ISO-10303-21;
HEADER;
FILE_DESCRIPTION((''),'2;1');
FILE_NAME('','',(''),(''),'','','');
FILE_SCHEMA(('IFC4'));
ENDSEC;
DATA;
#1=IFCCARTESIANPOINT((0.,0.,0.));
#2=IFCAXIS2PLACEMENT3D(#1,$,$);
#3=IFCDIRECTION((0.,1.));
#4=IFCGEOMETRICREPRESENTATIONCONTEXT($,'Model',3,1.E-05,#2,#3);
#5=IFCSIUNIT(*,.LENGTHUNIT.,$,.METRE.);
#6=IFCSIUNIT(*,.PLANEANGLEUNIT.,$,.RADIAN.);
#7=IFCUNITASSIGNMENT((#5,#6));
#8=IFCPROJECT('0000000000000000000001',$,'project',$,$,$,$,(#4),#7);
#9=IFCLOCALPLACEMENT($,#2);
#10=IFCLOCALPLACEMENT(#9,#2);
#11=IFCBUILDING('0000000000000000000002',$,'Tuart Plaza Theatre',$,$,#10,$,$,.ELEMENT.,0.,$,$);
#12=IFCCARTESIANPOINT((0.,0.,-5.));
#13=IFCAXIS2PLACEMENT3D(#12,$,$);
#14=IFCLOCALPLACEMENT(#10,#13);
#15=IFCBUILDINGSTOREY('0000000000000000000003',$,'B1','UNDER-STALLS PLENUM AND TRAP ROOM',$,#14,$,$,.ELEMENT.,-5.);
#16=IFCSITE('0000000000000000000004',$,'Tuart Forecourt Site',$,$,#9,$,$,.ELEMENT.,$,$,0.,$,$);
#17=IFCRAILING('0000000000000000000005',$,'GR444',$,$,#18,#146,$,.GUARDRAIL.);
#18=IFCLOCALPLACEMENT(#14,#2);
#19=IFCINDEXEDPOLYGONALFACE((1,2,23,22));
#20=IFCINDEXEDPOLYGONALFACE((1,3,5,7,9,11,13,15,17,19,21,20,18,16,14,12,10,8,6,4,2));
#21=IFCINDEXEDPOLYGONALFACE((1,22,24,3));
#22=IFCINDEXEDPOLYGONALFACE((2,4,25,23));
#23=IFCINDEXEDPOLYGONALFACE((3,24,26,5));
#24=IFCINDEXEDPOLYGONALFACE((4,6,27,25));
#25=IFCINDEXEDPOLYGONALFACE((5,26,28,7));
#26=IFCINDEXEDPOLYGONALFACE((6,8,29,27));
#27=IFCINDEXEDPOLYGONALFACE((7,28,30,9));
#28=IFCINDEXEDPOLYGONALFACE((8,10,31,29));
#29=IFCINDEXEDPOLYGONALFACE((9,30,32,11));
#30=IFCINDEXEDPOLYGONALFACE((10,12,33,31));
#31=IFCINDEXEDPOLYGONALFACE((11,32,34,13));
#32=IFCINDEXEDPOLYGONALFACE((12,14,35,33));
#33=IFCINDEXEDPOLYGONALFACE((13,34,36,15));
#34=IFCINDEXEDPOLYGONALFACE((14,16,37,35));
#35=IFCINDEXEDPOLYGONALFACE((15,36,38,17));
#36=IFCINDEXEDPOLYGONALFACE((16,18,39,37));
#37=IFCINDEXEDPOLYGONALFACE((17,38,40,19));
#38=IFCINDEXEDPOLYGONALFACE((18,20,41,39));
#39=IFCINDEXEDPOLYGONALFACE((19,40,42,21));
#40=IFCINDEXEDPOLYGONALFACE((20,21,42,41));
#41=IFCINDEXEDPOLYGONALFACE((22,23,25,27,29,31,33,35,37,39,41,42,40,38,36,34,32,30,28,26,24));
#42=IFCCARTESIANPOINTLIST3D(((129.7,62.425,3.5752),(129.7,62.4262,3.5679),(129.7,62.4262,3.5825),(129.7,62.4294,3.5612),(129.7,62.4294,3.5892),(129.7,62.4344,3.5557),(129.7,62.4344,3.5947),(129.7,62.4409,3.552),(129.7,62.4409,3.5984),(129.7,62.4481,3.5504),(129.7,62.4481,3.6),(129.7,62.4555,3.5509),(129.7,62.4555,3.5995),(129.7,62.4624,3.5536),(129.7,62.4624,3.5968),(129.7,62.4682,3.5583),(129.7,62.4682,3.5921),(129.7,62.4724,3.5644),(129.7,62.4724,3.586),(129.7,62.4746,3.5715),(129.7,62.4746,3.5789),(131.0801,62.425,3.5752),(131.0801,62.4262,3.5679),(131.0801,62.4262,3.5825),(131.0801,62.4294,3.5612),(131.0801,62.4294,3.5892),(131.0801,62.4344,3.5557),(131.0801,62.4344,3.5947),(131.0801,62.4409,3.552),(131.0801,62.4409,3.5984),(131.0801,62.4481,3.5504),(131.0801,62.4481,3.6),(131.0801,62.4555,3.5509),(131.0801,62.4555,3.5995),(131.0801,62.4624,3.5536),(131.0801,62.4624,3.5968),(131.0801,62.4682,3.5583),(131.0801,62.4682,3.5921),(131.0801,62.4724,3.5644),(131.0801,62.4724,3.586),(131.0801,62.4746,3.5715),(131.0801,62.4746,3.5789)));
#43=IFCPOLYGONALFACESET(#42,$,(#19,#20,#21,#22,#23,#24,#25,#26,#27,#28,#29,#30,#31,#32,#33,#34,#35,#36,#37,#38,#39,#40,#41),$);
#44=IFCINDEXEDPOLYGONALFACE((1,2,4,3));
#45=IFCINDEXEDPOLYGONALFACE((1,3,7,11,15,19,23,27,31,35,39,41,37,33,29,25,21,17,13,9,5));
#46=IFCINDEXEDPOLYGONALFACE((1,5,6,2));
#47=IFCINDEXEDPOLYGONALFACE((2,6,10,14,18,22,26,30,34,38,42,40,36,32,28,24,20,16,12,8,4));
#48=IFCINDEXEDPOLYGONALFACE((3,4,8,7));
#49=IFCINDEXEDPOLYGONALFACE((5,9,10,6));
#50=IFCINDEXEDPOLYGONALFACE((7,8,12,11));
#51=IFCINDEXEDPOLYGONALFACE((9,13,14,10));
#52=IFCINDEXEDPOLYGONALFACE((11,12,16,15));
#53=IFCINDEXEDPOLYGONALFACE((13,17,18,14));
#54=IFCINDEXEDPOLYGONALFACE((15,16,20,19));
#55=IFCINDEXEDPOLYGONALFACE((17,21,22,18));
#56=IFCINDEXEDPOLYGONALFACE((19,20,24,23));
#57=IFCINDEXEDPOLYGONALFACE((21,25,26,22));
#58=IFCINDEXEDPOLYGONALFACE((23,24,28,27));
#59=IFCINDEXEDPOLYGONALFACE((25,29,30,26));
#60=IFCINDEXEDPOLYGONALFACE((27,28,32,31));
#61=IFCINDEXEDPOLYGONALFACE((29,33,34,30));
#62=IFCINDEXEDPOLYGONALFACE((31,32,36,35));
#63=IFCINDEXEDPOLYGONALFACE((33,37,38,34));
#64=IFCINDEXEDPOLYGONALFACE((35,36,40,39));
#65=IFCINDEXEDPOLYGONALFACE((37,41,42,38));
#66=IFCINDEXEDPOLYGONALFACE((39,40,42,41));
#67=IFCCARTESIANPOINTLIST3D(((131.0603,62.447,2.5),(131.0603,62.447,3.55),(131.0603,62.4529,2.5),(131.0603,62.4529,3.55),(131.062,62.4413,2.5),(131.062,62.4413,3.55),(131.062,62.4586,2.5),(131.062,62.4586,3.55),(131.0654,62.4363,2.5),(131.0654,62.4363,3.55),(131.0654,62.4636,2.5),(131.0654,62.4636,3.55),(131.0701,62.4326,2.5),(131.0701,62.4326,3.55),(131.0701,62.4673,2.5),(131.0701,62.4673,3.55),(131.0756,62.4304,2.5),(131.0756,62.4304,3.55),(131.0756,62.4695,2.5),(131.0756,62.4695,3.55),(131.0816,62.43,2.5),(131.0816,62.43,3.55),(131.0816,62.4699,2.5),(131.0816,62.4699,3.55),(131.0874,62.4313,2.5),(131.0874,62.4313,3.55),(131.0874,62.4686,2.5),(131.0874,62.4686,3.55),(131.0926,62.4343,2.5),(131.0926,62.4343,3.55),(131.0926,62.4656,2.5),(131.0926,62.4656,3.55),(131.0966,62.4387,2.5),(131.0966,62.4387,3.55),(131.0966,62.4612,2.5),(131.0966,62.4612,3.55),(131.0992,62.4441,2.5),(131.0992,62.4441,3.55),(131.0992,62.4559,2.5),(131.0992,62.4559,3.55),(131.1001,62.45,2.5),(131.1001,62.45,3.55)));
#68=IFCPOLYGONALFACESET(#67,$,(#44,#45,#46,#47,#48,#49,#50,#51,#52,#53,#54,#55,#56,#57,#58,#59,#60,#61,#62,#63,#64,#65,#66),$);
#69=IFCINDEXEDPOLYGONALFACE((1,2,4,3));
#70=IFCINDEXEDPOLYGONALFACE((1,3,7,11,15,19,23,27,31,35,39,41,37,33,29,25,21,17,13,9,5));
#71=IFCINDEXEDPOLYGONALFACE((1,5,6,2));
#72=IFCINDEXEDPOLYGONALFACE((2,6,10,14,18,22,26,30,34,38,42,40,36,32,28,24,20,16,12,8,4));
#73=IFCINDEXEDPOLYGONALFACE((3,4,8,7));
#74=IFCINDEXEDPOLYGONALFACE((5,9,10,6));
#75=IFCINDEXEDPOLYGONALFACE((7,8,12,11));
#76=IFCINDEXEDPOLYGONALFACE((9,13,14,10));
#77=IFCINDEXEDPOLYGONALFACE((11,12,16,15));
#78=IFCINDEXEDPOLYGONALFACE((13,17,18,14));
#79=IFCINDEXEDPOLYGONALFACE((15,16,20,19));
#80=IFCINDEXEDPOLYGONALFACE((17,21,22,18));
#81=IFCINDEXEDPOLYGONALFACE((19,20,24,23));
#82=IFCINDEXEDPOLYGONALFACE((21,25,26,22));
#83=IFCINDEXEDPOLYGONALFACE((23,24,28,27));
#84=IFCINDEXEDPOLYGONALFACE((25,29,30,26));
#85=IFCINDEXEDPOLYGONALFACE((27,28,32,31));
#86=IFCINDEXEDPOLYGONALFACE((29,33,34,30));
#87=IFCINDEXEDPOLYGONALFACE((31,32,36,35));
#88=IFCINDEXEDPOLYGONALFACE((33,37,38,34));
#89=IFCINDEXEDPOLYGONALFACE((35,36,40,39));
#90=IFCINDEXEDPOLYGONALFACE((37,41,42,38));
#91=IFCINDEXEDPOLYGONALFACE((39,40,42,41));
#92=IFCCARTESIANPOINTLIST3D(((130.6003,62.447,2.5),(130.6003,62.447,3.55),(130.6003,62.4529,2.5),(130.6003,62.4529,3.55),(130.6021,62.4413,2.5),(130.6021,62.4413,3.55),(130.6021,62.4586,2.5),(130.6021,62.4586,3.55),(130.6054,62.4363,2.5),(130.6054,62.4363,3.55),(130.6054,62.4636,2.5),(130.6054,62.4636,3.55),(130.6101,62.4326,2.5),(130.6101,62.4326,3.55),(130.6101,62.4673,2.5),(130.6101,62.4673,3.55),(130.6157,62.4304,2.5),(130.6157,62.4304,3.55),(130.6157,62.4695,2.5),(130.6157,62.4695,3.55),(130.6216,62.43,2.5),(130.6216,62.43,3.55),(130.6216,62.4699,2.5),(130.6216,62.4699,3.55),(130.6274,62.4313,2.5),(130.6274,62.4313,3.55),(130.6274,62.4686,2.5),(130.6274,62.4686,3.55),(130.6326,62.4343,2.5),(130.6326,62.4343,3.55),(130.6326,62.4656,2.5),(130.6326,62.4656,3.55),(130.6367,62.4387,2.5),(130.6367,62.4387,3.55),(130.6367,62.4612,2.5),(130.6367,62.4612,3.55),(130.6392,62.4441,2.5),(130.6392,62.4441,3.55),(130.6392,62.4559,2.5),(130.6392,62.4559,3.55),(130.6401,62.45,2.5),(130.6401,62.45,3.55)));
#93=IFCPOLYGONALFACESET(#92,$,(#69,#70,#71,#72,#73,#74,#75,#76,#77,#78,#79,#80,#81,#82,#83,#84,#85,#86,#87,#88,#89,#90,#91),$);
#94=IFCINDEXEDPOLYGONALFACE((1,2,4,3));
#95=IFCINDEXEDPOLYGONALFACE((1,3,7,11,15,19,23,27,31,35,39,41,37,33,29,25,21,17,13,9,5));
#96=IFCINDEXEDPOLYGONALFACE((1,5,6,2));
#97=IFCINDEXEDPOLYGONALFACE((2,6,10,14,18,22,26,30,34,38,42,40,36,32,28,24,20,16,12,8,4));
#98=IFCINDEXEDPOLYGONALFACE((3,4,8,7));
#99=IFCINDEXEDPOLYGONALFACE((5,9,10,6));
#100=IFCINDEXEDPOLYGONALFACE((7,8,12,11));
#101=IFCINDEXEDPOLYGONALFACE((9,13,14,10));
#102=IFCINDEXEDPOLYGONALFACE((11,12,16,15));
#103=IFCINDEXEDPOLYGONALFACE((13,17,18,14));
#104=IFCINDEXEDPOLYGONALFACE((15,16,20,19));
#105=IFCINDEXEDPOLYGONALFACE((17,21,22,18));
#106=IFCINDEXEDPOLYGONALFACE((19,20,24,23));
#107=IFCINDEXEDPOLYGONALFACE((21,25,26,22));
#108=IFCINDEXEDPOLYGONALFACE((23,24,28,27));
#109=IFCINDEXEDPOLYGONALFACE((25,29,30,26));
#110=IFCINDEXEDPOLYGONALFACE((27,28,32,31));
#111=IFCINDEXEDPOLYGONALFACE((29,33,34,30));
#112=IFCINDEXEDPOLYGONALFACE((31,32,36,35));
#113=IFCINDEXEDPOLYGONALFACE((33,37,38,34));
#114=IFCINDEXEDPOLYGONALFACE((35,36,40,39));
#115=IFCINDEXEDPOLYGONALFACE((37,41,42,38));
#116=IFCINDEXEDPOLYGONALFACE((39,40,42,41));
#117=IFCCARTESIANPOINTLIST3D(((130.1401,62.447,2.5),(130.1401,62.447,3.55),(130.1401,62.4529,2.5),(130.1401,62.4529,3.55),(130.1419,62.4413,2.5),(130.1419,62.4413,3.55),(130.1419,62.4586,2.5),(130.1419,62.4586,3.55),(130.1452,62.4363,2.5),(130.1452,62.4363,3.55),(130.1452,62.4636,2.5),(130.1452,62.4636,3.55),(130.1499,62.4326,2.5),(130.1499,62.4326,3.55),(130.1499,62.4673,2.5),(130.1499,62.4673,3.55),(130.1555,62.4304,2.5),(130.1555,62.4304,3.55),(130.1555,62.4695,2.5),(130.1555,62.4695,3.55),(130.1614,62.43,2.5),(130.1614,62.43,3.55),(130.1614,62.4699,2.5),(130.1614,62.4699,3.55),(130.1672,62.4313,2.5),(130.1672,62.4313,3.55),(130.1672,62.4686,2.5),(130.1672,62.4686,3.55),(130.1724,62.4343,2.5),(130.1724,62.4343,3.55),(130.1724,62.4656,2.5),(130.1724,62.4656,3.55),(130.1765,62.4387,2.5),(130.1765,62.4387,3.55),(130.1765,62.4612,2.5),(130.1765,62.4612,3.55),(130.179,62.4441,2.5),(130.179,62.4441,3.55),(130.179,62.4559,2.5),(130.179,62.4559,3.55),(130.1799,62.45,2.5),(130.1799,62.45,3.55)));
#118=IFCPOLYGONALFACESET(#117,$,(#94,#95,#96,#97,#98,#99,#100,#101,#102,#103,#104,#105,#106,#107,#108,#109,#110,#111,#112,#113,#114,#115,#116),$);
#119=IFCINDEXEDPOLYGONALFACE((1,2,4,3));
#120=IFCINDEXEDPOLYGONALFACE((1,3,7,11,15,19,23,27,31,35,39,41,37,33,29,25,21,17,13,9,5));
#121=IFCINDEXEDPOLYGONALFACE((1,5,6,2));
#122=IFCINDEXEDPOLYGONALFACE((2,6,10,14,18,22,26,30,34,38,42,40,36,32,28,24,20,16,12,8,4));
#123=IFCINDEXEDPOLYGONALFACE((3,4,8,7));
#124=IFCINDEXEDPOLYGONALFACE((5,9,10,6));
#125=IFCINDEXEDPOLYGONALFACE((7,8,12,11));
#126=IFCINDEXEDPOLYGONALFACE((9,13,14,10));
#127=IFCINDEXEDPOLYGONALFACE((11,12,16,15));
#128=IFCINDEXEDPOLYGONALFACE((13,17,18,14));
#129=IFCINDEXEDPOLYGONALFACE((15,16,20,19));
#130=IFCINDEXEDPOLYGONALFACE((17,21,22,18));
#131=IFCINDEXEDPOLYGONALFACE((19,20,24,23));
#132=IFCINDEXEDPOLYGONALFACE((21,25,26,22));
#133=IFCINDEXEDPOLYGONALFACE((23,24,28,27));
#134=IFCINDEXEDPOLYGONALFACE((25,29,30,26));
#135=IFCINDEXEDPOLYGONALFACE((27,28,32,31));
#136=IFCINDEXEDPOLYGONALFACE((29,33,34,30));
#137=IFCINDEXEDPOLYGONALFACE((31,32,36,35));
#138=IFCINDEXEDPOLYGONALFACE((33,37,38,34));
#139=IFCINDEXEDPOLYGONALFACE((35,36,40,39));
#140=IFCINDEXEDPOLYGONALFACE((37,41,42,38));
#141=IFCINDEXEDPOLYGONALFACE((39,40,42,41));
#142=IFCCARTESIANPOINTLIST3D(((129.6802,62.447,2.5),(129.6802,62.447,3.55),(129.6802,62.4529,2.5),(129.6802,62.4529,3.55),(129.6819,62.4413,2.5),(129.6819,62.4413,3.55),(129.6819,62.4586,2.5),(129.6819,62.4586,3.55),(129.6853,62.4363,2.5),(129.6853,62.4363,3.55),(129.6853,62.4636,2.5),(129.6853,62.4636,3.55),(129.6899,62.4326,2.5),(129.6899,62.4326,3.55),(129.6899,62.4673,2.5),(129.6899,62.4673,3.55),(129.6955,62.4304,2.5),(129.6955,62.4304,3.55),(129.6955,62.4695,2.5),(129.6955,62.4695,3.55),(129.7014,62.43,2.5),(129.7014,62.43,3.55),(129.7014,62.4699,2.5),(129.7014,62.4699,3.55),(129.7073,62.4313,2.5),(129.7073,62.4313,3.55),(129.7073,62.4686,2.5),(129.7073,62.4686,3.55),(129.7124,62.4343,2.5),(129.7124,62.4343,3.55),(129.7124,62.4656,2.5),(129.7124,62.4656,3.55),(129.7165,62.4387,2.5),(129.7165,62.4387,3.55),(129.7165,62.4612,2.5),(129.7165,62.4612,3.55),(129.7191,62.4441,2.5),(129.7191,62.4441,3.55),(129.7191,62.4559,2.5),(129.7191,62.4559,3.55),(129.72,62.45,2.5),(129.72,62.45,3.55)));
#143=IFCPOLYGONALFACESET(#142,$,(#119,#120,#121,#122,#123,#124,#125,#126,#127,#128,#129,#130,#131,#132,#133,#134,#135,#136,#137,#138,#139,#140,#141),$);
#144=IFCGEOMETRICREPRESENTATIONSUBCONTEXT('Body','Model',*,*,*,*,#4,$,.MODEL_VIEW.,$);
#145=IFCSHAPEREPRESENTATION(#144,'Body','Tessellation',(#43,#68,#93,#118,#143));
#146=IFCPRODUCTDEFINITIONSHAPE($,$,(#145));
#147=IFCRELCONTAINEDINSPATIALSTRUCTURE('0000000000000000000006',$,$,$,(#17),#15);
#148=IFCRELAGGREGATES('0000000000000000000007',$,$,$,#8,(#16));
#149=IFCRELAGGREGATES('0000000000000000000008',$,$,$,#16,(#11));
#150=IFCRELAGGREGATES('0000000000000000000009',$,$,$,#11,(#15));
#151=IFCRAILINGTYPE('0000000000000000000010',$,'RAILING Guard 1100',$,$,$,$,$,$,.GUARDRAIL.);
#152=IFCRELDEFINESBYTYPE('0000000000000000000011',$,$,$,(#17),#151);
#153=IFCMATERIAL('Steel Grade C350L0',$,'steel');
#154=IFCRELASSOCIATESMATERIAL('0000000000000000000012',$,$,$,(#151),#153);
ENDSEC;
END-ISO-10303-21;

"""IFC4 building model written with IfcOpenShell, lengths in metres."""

from ifc_helpers import new_model, si_unit, direction, frame, origin, origin_2d, place, context, subcontext, project, spatial, circle, extrude, material, type_object, element, save


model = new_model("IFC4")

# Units and contexts
model_context = context("Model", 3, precision=1e-05, world=origin(), true_north=direction((0.0, 1.0)))
body_context = subcontext(model_context, "Body", "Model", "MODEL_VIEW")
ifc_project = project(units=[si_unit("LENGTHUNIT", "METRE"), si_unit("PLANEANGLEUNIT", "RADIAN")], contexts=[model_context])

# Site, building, storey
site_placement = place(None, origin())
site = spatial("IfcSite", under=ifc_project, at=site_placement, Name="Tuart Forecourt Site", CompositionType="ELEMENT", RefElevation=0.0)
building_placement = place(site_placement, origin())
building = spatial("IfcBuilding", under=site, at=building_placement, Name="Tuart Plaza Theatre", CompositionType="ELEMENT", ElevationOfRefHeight=0.0)
storey_placement = place(building_placement, frame((0.0, 0.0, -5.0)))
storey = spatial("IfcBuildingStorey", under=building, at=storey_placement, Name="B1", Description="UNDER-STALLS PLENUM AND TRAP ROOM", CompositionType="ELEMENT", Elevation=-5.0)

# Railing
ifc_material_1 = material(Name="Steel Grade C350L0", Category="steel")
railing_type_1 = type_object("IfcRailingType", Name="RAILING Guard 1100", PredefinedType="GUARDRAIL", material=ifc_material_1)
railing_1_placement = place(storey_placement, frame((131.0801, 62.45, 2.5)))
element("IfcRailing", 1, at=railing_1_placement, inside=storey, type_object=railing_type_1, Name="GR444", PredefinedType="GUARDRAIL", context=body_context, shape_type="SweptSolid", body=[
    extrude(circle(Radius=0.0249, at=origin_2d()), frame((0.0, 0.0, 1.0752), z_axis=(-1.0, 0.0, 0.0), x_axis=(0.0, -1.0, 0.0)), (0.0, 0.0, 1.0), 1.3801),
    extrude(circle(Radius=0.02, at=origin_2d()), origin(), (0.0, 0.0, 1.0), 1.05),
    extrude(circle(Radius=0.02, at=origin_2d()), frame((-0.46, 0.0, 0.0)), (0.0, 0.0, 1.0), 1.05),
    extrude(circle(Radius=0.02, at=origin_2d()), frame((-0.9202, 0.0, 0.0)), (0.0, 0.0, 1.0), 1.05),
    extrude(circle(Radius=0.02, at=origin_2d()), frame((-1.3801, 0.0, 0.0)), (0.0, 0.0, 1.0), 1.05),
])

save(model, "model.ifc")
